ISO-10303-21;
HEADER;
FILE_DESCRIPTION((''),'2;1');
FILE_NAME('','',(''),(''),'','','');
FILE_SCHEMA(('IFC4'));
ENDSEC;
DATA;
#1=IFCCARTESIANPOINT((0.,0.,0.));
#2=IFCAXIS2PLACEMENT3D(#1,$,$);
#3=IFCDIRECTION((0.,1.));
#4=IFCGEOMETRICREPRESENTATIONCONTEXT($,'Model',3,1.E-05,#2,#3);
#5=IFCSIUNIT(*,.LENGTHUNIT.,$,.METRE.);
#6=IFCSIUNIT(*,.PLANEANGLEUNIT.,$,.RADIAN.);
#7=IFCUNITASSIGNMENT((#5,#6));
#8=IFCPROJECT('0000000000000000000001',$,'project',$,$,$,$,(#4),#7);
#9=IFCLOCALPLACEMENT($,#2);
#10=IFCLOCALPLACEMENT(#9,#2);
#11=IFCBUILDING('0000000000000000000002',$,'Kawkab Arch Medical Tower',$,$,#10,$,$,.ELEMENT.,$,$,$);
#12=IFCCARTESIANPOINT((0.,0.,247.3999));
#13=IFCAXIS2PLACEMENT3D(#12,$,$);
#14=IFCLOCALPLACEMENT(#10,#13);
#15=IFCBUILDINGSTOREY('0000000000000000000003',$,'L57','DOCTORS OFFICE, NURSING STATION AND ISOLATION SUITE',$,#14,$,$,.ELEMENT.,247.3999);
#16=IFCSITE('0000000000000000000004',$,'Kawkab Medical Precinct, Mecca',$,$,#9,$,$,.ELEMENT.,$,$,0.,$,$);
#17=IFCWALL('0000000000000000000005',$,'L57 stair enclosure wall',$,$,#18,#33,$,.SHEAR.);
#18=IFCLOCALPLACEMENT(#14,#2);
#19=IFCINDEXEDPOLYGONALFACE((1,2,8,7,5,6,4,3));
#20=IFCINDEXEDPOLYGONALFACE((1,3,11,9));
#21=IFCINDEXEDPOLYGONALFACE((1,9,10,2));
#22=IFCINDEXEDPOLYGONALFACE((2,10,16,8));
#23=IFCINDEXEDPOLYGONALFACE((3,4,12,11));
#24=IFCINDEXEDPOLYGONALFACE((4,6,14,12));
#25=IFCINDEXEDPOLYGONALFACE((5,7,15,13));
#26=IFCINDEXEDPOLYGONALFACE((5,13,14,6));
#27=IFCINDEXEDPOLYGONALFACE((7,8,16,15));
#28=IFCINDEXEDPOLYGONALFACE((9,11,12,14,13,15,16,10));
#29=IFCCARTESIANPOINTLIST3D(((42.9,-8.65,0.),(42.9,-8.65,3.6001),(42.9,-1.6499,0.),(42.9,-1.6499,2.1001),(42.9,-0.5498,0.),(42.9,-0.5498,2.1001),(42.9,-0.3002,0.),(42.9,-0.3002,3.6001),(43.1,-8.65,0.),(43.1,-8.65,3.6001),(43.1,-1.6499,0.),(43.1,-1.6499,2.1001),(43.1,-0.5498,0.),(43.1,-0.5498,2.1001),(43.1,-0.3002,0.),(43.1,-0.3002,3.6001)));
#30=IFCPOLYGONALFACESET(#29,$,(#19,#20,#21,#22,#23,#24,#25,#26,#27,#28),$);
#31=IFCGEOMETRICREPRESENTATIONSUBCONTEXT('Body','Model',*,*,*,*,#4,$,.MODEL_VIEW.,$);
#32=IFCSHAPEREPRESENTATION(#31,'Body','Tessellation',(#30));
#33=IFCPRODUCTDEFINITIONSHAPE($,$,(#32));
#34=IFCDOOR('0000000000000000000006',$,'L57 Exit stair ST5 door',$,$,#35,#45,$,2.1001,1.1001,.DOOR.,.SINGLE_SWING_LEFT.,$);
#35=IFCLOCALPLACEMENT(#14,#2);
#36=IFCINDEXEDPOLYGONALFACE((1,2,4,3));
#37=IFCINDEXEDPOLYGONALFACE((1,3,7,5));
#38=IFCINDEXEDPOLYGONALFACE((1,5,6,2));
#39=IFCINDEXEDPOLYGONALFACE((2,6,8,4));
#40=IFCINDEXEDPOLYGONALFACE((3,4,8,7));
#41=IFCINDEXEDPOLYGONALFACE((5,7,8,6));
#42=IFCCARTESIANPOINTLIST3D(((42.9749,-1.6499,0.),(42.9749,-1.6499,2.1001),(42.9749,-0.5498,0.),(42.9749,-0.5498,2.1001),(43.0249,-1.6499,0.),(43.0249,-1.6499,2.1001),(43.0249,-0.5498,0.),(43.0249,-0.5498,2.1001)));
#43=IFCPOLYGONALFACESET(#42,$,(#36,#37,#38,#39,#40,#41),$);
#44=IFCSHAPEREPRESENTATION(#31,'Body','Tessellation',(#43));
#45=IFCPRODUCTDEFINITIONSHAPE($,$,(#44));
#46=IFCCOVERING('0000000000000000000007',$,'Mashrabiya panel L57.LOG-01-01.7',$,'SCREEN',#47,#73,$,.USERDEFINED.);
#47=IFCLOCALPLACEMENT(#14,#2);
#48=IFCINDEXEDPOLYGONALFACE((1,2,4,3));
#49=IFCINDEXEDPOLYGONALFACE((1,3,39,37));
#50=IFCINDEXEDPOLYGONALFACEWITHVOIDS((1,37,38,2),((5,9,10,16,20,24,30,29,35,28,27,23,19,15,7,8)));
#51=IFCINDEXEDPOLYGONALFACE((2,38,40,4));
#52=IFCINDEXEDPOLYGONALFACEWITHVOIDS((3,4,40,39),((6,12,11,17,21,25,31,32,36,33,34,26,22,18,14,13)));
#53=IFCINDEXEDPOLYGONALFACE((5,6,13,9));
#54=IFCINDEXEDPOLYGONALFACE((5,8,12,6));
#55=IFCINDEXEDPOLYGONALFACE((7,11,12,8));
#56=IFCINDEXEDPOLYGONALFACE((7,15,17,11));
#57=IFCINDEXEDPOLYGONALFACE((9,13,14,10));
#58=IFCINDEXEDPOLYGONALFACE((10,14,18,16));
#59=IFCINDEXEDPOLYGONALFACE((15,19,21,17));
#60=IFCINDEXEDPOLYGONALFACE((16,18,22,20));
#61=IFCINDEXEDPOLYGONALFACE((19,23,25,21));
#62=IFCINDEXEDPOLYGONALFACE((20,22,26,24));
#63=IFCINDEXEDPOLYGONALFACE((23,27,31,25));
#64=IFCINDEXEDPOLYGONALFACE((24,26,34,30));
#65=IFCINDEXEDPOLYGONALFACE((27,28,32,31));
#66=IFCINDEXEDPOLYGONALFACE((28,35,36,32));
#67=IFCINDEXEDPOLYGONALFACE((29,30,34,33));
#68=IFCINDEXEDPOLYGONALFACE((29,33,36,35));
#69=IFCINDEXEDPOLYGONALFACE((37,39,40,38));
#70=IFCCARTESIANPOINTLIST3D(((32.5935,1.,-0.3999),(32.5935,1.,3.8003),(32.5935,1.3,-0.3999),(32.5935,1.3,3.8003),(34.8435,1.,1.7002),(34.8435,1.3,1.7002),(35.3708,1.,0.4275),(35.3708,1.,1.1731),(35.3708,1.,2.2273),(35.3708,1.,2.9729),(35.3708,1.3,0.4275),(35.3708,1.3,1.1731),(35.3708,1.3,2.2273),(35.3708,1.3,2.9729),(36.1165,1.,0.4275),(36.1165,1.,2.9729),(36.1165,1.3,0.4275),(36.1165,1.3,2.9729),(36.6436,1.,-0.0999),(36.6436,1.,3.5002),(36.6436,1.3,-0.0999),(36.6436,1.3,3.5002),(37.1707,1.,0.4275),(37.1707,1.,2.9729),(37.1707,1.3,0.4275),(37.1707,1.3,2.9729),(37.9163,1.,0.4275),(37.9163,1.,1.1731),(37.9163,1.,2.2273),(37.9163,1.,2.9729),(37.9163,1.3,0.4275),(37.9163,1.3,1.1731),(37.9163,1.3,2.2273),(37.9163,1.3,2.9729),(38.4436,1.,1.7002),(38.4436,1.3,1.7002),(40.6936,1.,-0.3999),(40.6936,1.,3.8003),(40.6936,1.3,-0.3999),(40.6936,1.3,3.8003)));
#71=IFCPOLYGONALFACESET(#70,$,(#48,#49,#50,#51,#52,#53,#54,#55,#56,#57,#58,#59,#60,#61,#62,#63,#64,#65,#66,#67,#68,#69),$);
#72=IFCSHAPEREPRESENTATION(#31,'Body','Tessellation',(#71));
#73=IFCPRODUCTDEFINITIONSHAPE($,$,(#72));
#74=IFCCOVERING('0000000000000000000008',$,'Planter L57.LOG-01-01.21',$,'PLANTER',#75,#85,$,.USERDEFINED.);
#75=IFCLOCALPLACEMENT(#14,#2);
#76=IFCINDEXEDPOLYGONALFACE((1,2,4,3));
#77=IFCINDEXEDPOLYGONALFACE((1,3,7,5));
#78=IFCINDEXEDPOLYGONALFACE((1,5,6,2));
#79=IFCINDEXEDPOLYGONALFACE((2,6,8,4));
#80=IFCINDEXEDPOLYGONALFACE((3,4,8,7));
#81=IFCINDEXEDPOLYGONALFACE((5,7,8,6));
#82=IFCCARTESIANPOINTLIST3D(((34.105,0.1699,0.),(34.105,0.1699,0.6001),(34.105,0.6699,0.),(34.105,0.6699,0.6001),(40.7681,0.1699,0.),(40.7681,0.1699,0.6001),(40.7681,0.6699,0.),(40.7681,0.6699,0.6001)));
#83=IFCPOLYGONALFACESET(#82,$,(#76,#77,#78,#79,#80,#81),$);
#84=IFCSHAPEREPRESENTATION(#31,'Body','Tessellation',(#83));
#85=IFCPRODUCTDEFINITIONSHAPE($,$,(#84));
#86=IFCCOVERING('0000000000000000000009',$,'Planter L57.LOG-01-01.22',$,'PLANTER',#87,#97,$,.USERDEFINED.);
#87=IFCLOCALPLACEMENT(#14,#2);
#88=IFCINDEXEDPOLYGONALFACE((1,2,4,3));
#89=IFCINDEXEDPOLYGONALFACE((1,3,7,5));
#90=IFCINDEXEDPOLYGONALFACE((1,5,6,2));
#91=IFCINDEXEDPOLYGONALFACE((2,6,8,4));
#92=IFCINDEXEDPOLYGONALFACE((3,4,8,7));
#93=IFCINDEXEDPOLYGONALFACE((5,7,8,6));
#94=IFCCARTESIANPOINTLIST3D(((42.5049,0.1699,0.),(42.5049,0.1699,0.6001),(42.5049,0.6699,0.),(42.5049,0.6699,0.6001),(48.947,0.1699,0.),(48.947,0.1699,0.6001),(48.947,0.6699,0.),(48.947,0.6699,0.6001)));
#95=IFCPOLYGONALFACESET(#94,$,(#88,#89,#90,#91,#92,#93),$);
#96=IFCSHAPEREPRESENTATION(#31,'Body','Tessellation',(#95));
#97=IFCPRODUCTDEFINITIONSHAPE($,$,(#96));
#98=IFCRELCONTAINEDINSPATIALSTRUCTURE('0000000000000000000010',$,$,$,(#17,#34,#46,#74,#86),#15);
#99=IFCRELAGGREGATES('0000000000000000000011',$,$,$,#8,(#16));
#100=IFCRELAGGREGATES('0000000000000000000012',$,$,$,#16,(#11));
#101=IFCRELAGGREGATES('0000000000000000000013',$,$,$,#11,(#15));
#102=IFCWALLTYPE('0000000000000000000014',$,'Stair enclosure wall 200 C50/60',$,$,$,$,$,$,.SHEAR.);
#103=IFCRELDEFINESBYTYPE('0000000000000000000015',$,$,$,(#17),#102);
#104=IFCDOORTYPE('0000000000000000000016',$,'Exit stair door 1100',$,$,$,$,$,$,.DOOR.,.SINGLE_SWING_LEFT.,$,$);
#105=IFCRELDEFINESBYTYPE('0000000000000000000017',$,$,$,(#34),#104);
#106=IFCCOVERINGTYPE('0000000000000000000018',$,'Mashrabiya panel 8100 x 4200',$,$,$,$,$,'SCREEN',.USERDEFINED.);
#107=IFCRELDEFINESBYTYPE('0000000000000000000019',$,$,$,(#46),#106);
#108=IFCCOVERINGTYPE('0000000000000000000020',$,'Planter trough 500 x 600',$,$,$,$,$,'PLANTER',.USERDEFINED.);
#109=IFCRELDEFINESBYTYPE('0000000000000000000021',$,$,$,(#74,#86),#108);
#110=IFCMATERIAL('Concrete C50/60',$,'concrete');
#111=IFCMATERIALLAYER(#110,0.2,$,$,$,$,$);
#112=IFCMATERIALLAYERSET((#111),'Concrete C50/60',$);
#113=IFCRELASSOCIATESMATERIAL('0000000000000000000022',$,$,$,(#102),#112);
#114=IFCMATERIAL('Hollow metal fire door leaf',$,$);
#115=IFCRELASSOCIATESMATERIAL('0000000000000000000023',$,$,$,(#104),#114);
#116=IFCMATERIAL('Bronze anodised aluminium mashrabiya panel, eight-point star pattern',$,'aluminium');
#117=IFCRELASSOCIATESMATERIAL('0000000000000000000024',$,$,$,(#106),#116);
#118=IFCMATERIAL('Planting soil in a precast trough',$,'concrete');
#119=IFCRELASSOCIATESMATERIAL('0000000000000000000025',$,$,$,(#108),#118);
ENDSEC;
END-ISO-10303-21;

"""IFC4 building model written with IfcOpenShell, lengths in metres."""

from ifc_helpers import new_model, si_unit, direction, frame, frame_2d, origin, origin_2d, place, context, subcontext, project, spatial, polyline, rectangle, outline, extrude, material, layer, layer_set, material_profile, profile_set, type_object, element, fill, save


model = new_model("IFC4")

# Units and contexts
model_context = context("Model", 3, precision=1e-05, world=origin(), true_north=direction((0.0, 1.0)))
body_context = subcontext(model_context, "Body", "Model", "MODEL_VIEW")
ifc_project = project(units=[si_unit("LENGTHUNIT", "METRE"), si_unit("PLANEANGLEUNIT", "RADIAN")], contexts=[model_context])

# Site, building, storey
site_placement = place(None, origin())
site = spatial("IfcSite", under=ifc_project, at=site_placement, Name="Kawkab Medical Precinct, Mecca", CompositionType="ELEMENT", RefElevation=0.0)
building_placement = place(site_placement, origin())
building = spatial("IfcBuilding", under=site, at=building_placement, Name="Kawkab Arch Medical Tower", CompositionType="ELEMENT")
storey_placement = place(building_placement, frame((0.0, 0.0, 247.3999)))
storey = spatial("IfcBuildingStorey", under=building, at=storey_placement, Name="L57", Description="DOCTORS OFFICE, NURSING STATION AND ISOLATION SUITE", CompositionType="ELEMENT", Elevation=247.3999)

# Wall, opening, door
ifc_material_1 = material(Name="Concrete C50/60", Category="concrete")
ifc_layer_1 = layer(ifc_material_1, 0.2)
ifc_layer_set_1 = layer_set([ifc_layer_1], Name="Concrete C50/60")
wall_type_1 = type_object("IfcWallType", Name="Stair enclosure wall 200 C50/60", PredefinedType="SHEAR", material=ifc_layer_set_1)
wall_1_placement = place(storey_placement, frame((43.0, -8.6499, 0.0), z_axis=(0.0, 0.0, 1.0), x_axis=(0.0, 1.0, 0.0)))
wall_1 = element("IfcWall", 1, at=wall_1_placement, inside=storey, type_object=wall_type_1, Name="L57 stair enclosure wall", PredefinedType="SHEAR", context=body_context, shape_type="SweptSolid", body=[
    extrude(rectangle(XDim=8.3499, YDim=0.2, at=frame_2d((4.1748, 0.0))), origin(), (0.0, 0.0, 1.0), 3.6001),
])
opening_1_placement = place(wall_1_placement, frame((7.0, 0.0, 0.0)))
opening_1 = element("IfcOpeningElement", 2, at=opening_1_placement, cuts=wall_1, PredefinedType="OPENING", context=body_context, shape_type="SweptSolid", body=[
    extrude(rectangle(XDim=1.1001, YDim=2.1001, at=frame_2d((0.55, 1.05))), frame((0.0, 0.1099, 0.0), z_axis=(0.0, -1.0, 0.0), x_axis=(1.0, 0.0, 0.0)), (0.0, 0.0, 1.0), 0.22),
])
ifc_material_2 = material(Name="Hollow metal fire door leaf")
door_type_1 = type_object("IfcDoorType", Name="Exit stair door 1100", OperationType="SINGLE_SWING_LEFT", PredefinedType="DOOR", material=ifc_material_2)
door_1_placement = place(opening_1_placement, frame((1.1001, 0.0, 0.0), z_axis=(0.0, 0.0, 1.0), x_axis=(-1.0, 0.0, 0.0)))
door_1 = element("IfcDoor", 3, at=door_1_placement, inside=storey, type_object=door_type_1, Name="L57 Exit stair ST5 door", OperationType="SINGLE_SWING_LEFT", OverallHeight=2.1001, OverallWidth=1.1001, PredefinedType="DOOR", context=body_context, shape_type="SweptSolid", body=[
    extrude(rectangle(XDim=1.1001, YDim=2.1001, at=frame_2d((0.55, 1.05))), frame((0.0, 0.0249, 0.0), z_axis=(0.0, -1.0, 0.0), x_axis=(1.0, 0.0, 0.0)), (0.0, 0.0, 1.0), 0.05),
])
fill(opening_1, door_1)

# Coverings
ifc_material_3 = material(Name="Bronze anodised aluminium mashrabiya panel, eight-point star pattern", Category="aluminium")
ifc_material_profile_1 = material_profile(ifc_material_3, outline(polyline([(-4.05, -2.1001), (4.05, -2.1001), (4.05, 2.1001), (-4.05, 2.1001), (-4.05, -2.1001)]), holes=[polyline([(1.8, 0.0), (1.2727, 0.5271), (1.2727, 1.2727), (0.5271, 1.2727), (0.0, 1.8), (-0.5271, 1.2727), (-1.2727, 1.2727), (-1.2727, 0.5271), (-1.8, 0.0), (-1.2727, -0.5271), (-1.2727, -1.2727), (-0.5271, -1.2727), (0.0, -1.8), (0.5271, -1.2727), (1.2727, -1.2727), (1.2727, -0.5271), (1.8, 0.0)])]), Name="Mashrabiya panel 8100x4200")
ifc_profile_set_1 = profile_set([ifc_material_profile_1], Name="Bronze anodised aluminium mashrabiya panel, eight-point star pattern")
covering_type_1 = type_object("IfcCoveringType", Name="Mashrabiya panel 8100 x 4200", ElementType="SCREEN", PredefinedType="USERDEFINED", material=ifc_profile_set_1)
covering_1_placement = place(storey_placement, frame((36.6436, 1.0, 1.7002), z_axis=(0.0, 1.0, 0.0), x_axis=(-1.0, 0.0, 0.0)))
element("IfcCovering", 4, at=covering_1_placement, inside=storey, type_object=covering_type_1, Name="Mashrabiya panel L57.LOG-01-01.7", ObjectType="SCREEN", PredefinedType="USERDEFINED", context=body_context, shape_type="SweptSolid", body=[
    extrude(outline(polyline([(-4.05, -2.1001), (4.05, -2.1001), (4.05, 2.1001), (-4.05, 2.1001), (-4.05, -2.1001)]), holes=[polyline([(1.8, 0.0), (1.2727, 0.5271), (1.2727, 1.2727), (0.5271, 1.2727), (0.0, 1.8), (-0.5271, 1.2727), (-1.2727, 1.2727), (-1.2727, 0.5271), (-1.8, 0.0), (-1.2727, -0.5271), (-1.2727, -1.2727), (-0.5271, -1.2727), (0.0, -1.8), (0.5271, -1.2727), (1.2727, -1.2727), (1.2727, -0.5271), (1.8, 0.0)])]), origin(), (0.0, 0.0, 1.0), 0.3),
])
ifc_material_4 = material(Name="Planting soil in a precast trough", Category="concrete")
ifc_material_profile_2 = material_profile(ifc_material_4, rectangle(XDim=0.5, YDim=0.6001, at=origin_2d()), Name="Trough 500x600")
ifc_profile_set_2 = profile_set([ifc_material_profile_2], Name="Planting soil in a precast trough")
covering_type_2 = type_object("IfcCoveringType", Name="Planter trough 500 x 600", ElementType="PLANTER", PredefinedType="USERDEFINED", material=ifc_profile_set_2)
covering_2_placement = place(storey_placement, frame((34.105, 0.4199, 0.3), z_axis=(1.0, 0.0, 0.0), x_axis=(0.0, 1.0, 0.0)))
element("IfcCovering", 5, at=covering_2_placement, inside=storey, type_object=covering_type_2, Name="Planter L57.LOG-01-01.21", ObjectType="PLANTER", PredefinedType="USERDEFINED", context=body_context, shape_type="SweptSolid", body=[
    extrude(rectangle(XDim=0.5, YDim=0.6001, at=origin_2d()), origin(), (0.0, 0.0, 1.0), 6.6631),
])
covering_3_placement = place(storey_placement, frame((42.5049, 0.4199, 0.3), z_axis=(1.0, 0.0, 0.0), x_axis=(0.0, 1.0, 0.0)))
element("IfcCovering", 6, at=covering_3_placement, inside=storey, type_object=covering_type_2, Name="Planter L57.LOG-01-01.22", ObjectType="PLANTER", PredefinedType="USERDEFINED", context=body_context, shape_type="SweptSolid", body=[
    extrude(rectangle(XDim=0.5, YDim=0.6001, at=origin_2d()), origin(), (0.0, 0.0, 1.0), 6.4421),
])

save(model, "model.ifc")
